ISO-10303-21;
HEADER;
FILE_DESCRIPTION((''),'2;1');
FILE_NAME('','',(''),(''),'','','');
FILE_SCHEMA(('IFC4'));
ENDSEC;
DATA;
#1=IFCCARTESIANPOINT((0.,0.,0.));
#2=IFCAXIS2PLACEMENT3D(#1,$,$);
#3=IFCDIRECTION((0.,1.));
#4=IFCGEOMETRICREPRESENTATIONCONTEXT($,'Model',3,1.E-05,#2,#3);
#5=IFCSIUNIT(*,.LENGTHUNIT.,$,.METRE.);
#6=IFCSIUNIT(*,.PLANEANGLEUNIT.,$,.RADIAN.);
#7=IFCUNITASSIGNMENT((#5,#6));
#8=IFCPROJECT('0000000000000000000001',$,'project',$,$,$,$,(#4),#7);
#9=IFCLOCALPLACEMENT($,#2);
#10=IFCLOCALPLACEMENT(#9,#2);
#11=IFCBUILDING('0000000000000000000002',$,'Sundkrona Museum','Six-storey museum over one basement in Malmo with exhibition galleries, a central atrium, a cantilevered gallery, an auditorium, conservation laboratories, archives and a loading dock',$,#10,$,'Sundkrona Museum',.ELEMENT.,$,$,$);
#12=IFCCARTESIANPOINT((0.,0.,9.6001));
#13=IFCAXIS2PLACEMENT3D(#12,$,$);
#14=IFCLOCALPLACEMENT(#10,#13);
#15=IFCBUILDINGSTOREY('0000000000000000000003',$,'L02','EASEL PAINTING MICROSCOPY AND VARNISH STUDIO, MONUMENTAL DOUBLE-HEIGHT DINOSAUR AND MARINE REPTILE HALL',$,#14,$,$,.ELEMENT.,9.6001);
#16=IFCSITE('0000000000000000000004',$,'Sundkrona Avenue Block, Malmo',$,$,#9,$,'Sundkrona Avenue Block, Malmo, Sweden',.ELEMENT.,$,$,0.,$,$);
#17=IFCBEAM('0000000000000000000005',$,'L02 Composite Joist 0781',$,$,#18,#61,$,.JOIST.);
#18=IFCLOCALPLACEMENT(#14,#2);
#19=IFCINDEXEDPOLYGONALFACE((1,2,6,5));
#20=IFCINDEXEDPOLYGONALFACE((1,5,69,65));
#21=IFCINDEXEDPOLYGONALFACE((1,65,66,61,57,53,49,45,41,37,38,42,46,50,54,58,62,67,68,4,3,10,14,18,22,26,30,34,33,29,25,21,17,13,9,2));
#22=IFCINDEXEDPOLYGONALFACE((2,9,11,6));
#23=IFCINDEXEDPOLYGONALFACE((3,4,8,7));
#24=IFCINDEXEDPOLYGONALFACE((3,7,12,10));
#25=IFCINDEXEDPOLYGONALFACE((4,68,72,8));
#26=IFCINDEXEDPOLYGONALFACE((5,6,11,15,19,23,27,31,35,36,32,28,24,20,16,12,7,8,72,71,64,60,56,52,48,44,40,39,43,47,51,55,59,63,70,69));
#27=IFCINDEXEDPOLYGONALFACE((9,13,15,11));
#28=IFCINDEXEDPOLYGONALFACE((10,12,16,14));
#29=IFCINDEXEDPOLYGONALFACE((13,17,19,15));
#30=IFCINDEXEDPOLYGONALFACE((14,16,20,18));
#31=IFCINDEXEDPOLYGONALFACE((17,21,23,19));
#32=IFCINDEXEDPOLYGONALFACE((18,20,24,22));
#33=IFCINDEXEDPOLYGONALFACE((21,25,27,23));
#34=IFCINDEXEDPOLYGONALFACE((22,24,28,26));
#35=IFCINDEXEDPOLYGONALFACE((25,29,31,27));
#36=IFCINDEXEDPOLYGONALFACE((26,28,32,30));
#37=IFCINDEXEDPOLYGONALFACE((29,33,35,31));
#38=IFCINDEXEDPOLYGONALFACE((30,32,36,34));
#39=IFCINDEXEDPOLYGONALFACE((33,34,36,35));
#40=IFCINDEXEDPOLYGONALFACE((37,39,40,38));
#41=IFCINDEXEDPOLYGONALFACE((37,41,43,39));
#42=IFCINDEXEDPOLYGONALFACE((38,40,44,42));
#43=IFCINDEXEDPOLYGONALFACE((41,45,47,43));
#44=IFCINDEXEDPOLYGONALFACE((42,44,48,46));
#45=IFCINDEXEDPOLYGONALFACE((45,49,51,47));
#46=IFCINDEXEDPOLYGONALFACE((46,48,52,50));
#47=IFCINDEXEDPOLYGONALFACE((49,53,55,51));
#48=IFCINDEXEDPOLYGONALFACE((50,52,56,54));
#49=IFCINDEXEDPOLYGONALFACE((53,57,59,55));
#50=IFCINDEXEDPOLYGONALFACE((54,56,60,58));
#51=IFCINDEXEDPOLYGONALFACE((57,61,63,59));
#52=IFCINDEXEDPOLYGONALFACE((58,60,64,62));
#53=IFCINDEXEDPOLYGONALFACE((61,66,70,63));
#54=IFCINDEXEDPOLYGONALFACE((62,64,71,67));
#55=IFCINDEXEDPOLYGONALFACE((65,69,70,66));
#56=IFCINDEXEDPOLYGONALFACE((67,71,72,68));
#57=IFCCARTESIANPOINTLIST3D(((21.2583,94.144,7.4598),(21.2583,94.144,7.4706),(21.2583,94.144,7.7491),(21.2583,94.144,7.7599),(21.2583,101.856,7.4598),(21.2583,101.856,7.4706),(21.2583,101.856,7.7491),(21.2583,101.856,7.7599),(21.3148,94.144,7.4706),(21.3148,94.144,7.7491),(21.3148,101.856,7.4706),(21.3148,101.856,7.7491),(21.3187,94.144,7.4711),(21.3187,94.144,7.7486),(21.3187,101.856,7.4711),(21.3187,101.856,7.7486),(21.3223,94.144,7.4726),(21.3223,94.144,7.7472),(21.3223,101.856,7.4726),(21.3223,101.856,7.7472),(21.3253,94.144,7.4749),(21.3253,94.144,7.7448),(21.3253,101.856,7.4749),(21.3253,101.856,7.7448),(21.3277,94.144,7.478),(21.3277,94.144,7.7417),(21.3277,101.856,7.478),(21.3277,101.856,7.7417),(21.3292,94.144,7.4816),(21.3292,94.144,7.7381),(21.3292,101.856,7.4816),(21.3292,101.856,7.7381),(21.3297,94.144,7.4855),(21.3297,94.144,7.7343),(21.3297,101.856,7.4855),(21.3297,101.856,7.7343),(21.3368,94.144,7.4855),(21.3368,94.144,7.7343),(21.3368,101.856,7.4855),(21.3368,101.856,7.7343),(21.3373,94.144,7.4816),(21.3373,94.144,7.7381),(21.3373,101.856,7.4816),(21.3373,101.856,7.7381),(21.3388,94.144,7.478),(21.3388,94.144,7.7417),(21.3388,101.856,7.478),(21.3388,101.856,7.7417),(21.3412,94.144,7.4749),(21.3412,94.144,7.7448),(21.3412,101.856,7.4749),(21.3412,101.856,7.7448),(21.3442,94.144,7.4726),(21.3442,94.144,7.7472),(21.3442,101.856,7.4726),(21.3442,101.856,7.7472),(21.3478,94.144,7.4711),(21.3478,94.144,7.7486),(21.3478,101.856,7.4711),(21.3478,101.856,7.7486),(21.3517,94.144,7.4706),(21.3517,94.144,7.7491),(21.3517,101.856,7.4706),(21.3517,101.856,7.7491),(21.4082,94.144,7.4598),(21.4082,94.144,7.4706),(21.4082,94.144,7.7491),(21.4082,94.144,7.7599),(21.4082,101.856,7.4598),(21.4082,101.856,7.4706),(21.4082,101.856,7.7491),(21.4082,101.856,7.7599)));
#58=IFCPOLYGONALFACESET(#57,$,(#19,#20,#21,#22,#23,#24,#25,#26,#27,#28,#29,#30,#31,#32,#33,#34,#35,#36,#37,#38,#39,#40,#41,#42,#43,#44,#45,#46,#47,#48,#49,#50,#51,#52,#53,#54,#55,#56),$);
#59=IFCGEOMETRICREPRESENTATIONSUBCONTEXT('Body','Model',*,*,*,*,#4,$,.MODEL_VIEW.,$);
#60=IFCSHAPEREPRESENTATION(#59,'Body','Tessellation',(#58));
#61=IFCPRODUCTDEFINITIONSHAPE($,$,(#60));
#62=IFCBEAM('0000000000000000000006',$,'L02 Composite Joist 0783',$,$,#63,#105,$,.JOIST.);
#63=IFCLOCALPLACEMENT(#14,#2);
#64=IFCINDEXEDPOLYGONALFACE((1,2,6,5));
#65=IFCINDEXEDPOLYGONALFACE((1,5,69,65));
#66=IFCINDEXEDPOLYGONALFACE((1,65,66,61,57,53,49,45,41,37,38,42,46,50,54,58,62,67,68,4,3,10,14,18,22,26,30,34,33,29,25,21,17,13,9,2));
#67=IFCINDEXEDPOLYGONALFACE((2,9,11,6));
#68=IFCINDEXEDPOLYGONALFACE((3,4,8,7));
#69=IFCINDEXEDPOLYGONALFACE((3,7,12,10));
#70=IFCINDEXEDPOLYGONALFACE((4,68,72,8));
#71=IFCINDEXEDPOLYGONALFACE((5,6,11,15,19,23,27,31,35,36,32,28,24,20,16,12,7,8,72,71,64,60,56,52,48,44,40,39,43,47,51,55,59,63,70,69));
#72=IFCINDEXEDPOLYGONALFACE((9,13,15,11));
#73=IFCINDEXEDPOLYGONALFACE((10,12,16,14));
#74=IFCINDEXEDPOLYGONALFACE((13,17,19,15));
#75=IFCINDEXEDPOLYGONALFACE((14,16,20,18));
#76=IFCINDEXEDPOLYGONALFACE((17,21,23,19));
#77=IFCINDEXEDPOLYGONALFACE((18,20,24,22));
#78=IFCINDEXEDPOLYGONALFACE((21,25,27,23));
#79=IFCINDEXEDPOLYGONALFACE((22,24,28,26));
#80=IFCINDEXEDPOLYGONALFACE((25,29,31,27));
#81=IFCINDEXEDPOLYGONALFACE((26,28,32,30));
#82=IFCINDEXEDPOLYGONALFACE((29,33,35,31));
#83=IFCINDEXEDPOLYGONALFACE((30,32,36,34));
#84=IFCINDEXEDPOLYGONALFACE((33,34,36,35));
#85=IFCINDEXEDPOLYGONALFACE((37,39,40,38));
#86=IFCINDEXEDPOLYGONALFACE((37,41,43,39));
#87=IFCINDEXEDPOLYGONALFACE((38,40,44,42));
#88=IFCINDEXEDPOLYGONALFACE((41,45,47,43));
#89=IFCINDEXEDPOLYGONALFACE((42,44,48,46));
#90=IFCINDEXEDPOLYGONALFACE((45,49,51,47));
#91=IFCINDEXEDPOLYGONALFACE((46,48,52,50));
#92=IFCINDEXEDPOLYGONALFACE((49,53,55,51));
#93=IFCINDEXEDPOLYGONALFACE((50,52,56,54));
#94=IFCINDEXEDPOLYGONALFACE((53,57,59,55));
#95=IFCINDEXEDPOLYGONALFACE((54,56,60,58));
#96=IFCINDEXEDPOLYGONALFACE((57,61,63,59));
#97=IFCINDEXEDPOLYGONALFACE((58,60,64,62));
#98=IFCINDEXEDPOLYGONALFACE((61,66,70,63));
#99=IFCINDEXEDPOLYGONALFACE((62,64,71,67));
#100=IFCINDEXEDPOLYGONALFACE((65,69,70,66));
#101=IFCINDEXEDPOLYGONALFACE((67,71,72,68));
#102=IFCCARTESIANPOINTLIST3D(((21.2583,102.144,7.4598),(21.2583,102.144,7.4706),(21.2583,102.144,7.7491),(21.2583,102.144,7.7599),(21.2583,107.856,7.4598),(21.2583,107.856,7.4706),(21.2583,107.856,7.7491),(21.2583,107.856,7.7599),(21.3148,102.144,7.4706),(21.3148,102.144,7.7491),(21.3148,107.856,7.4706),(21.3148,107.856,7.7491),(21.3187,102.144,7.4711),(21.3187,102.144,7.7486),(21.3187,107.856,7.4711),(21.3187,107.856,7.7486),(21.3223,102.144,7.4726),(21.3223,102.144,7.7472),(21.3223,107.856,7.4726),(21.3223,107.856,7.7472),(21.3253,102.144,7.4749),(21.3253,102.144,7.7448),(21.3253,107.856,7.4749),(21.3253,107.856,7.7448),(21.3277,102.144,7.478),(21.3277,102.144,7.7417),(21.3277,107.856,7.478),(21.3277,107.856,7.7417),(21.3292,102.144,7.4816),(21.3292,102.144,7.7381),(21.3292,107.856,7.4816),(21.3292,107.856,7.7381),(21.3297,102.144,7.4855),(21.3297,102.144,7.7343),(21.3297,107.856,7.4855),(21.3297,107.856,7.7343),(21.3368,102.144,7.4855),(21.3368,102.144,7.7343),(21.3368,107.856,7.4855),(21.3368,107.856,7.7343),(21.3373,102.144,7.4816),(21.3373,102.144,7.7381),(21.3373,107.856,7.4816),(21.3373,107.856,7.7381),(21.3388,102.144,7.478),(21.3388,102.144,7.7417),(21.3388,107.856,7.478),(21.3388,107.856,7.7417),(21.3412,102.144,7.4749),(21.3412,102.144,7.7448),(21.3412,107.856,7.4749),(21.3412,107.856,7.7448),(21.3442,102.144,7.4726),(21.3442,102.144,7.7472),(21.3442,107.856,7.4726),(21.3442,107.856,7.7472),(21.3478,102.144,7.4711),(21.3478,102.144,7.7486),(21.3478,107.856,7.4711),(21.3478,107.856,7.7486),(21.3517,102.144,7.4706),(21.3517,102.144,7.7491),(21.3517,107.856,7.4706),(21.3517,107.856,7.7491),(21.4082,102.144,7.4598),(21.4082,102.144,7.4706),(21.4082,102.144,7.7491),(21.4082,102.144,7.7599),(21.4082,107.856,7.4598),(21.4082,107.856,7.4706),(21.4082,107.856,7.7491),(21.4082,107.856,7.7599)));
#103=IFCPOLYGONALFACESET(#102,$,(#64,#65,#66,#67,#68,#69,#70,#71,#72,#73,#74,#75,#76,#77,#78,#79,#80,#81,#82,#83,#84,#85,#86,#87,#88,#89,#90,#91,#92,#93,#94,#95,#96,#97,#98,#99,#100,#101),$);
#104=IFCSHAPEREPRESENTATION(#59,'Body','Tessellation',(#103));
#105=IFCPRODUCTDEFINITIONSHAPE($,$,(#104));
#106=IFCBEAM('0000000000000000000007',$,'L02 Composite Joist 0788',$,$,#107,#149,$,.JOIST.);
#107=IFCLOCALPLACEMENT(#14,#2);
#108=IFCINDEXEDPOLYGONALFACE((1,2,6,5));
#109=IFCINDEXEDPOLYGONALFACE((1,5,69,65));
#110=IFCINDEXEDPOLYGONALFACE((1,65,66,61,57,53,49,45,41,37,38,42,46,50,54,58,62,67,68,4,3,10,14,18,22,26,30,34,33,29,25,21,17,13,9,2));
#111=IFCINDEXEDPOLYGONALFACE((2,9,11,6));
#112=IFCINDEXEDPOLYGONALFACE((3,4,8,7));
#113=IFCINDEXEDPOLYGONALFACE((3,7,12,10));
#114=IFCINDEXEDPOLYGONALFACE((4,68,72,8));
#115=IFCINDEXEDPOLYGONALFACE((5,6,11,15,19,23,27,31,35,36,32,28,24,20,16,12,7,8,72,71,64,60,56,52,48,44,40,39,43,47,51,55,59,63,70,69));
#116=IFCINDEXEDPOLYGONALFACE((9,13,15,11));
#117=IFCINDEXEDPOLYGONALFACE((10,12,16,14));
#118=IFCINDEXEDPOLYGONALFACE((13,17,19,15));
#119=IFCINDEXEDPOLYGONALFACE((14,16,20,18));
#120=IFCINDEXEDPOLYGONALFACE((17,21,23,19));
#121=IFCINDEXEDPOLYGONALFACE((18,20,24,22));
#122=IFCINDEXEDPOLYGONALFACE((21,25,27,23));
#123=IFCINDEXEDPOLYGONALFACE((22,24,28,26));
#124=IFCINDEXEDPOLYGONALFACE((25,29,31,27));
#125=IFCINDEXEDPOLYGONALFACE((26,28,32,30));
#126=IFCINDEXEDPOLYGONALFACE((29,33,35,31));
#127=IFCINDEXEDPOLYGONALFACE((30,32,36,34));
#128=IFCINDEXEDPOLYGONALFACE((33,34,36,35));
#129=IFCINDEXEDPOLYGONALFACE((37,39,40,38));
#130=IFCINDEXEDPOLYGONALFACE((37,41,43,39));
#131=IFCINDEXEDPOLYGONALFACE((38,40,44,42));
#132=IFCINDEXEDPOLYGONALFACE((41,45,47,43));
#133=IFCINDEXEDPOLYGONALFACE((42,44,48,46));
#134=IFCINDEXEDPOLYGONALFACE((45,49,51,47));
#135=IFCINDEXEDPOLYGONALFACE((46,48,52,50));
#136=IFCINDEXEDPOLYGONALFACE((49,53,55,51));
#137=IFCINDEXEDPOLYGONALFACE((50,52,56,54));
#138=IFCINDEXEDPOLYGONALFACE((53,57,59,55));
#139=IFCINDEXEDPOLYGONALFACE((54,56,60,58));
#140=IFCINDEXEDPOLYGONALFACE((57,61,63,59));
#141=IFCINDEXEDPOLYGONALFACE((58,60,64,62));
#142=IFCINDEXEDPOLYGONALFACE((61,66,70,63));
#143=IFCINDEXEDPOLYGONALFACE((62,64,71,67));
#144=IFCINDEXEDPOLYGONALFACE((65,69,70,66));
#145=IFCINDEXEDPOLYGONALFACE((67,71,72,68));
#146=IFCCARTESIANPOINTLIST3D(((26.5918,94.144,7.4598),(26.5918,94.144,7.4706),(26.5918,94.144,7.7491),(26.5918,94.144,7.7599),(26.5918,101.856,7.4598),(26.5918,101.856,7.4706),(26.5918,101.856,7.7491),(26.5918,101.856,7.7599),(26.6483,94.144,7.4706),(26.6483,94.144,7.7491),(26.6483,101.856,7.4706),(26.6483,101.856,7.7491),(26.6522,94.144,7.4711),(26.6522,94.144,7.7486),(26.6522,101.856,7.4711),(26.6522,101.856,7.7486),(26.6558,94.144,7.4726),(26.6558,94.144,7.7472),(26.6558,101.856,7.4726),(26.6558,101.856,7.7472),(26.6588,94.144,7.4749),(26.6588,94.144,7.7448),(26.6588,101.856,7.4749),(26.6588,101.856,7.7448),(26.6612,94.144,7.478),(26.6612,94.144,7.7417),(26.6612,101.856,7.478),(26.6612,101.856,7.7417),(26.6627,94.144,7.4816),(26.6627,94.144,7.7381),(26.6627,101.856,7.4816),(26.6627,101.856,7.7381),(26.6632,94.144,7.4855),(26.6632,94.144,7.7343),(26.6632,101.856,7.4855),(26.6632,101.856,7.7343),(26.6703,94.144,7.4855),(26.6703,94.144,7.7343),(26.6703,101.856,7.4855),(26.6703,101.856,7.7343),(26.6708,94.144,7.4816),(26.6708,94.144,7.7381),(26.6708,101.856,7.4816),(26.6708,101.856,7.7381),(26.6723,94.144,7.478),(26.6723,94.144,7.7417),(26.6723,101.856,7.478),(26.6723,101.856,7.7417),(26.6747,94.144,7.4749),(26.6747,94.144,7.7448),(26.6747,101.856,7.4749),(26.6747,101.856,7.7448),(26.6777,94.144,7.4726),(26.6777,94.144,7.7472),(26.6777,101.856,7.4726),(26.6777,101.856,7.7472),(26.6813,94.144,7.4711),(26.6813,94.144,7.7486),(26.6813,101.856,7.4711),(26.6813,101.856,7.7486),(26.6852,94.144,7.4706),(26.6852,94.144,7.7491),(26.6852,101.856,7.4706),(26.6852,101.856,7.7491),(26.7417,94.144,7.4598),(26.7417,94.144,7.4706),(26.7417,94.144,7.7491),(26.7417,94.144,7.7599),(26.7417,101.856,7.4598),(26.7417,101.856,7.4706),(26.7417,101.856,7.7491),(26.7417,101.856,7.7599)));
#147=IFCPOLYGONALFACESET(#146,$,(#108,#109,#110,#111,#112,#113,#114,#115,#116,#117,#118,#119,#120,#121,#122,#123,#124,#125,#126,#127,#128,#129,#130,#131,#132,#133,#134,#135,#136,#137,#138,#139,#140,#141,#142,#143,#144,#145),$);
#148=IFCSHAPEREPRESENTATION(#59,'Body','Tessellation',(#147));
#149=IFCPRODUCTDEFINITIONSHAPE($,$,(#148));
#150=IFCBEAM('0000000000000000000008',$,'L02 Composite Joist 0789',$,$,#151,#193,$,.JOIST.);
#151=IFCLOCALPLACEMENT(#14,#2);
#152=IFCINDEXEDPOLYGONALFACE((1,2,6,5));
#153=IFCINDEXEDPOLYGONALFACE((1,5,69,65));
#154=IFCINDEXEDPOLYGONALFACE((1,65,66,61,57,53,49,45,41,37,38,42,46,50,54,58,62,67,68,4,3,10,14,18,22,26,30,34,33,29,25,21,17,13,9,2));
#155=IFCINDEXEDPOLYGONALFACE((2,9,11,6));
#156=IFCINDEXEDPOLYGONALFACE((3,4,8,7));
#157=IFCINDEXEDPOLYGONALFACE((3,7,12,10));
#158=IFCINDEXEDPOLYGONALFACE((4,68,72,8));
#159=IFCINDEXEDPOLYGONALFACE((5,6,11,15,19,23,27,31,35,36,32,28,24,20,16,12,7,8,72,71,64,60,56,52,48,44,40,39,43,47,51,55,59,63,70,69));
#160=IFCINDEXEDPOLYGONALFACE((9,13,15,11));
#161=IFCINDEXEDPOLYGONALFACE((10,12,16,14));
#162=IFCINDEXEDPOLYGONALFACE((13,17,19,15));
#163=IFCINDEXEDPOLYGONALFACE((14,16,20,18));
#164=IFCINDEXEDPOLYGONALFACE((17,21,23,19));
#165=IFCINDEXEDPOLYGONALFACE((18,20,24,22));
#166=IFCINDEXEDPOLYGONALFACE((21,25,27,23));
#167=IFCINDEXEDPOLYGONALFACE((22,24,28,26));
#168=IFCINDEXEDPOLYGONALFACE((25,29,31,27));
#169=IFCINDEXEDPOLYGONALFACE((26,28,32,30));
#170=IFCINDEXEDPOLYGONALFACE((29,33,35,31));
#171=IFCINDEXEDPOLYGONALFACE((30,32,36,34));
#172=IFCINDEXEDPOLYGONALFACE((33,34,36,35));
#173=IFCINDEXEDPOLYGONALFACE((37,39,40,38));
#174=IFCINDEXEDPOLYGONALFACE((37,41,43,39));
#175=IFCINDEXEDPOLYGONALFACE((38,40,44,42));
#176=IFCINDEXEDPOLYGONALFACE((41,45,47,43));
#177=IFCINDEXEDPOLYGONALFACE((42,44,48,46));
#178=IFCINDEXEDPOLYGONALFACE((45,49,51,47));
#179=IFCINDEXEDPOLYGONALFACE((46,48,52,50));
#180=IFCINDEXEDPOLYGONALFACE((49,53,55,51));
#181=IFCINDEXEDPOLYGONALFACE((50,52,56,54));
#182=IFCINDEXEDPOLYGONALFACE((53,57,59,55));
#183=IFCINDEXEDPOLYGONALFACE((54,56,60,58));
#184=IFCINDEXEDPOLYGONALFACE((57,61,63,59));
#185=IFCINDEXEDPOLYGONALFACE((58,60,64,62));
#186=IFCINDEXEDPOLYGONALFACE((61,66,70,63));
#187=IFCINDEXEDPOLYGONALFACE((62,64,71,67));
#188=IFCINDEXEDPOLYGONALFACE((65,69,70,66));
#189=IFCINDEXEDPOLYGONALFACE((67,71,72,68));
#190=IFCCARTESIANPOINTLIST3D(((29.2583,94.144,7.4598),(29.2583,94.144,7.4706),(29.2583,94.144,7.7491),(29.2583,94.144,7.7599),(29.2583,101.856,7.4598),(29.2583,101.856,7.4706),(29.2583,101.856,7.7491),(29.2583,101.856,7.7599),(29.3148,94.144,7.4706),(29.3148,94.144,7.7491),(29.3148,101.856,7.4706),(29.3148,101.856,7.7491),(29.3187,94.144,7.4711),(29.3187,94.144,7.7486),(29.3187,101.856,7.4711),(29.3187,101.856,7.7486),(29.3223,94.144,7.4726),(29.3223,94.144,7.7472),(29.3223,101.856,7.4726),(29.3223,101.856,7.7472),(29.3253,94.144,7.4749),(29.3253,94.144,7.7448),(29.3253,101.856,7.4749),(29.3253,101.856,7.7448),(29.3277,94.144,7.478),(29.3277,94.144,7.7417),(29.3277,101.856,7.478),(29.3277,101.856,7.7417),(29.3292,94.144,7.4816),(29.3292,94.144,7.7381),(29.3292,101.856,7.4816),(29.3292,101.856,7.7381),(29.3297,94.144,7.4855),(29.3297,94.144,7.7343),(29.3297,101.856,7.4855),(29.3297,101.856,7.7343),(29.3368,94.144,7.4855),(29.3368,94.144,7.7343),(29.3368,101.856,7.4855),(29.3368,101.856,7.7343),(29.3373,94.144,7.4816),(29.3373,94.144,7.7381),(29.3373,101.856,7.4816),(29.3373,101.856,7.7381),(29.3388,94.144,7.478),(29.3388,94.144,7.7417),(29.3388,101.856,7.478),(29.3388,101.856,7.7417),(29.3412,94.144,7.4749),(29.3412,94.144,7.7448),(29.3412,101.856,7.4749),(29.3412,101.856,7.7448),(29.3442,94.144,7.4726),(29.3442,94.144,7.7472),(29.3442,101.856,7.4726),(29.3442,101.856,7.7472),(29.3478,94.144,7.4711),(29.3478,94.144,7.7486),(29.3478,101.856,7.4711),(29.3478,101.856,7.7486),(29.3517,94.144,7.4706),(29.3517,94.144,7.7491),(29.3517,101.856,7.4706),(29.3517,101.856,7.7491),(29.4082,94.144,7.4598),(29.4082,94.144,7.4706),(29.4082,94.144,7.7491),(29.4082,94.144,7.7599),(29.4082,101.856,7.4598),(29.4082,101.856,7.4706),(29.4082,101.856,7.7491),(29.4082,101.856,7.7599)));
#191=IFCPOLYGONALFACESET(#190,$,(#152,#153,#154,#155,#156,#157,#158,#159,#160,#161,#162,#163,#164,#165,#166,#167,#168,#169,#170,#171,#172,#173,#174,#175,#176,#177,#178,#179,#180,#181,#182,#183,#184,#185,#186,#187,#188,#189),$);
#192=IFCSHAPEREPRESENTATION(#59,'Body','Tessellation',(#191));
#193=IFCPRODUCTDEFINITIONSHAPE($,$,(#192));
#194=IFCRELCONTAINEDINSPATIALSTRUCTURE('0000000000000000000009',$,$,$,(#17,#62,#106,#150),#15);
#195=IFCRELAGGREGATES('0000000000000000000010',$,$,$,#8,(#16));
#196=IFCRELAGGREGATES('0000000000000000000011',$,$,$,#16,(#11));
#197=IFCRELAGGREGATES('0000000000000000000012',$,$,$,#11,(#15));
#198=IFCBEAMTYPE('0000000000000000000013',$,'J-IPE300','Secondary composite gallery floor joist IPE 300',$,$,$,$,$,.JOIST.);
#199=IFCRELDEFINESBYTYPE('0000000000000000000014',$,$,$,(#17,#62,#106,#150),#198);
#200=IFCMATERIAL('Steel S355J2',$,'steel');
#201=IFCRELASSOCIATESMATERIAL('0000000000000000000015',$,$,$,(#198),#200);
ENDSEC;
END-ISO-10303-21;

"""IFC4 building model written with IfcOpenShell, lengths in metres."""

from ifc_helpers import new_model, si_unit, direction, frame, origin, origin_2d, place, context, subcontext, project, spatial, i_section, extrude, material, material_profile, profile_set, type_object, element, save


model = new_model("IFC4")

# Units and contexts
model_context = context("Model", 3, precision=1e-05, world=origin(), true_north=direction((0.0, 1.0)))
body_context = subcontext(model_context, "Body", "Model", "MODEL_VIEW")
ifc_project = project(units=[si_unit("LENGTHUNIT", "METRE"), si_unit("PLANEANGLEUNIT", "RADIAN")], contexts=[model_context])

# Site, building, storey
site_placement = place(None, origin())
site = spatial("IfcSite", under=ifc_project, at=site_placement, Name="Sundkrona Avenue Block, Malmo", LongName="Sundkrona Avenue Block, Malmo, Sweden", CompositionType="ELEMENT", RefElevation=0.0)
building_placement = place(site_placement, origin())
building = spatial("IfcBuilding", under=site, at=building_placement, Name="Sundkrona Museum", Description="Six-storey museum over one basement in Malmo with exhibition galleries, a central atrium, a cantilevered gallery, an auditorium, conservation laboratories, archives and a loading dock", LongName="Sundkrona Museum", CompositionType="ELEMENT")
storey_placement = place(building_placement, frame((0.0, 0.0, 9.6001)))
storey = spatial("IfcBuildingStorey", under=building, at=storey_placement, Name="L02", Description="EASEL PAINTING MICROSCOPY AND VARNISH STUDIO, MONUMENTAL DOUBLE-HEIGHT DINOSAUR AND MARINE REPTILE HALL", CompositionType="ELEMENT", Elevation=9.6001)

# Shared definitions
ifc_material_1 = material(Name="Steel S355J2", Category="steel")

# Beams
ifc_material_profile_1 = material_profile(ifc_material_1, i_section(OverallWidth=0.1499, OverallDepth=0.3, WebThickness=0.0071, FlangeThickness=0.0107, FilletRadius=0.0149, at=origin_2d()), Name="IPE 300")
ifc_profile_set_1 = profile_set([ifc_material_profile_1], Name="Steel S355J2")
beam_type_1 = type_object("IfcBeamType", Name="J-IPE300", Description="Secondary composite gallery floor joist IPE 300", PredefinedType="JOIST", material=ifc_profile_set_1)
beam_1_placement = place(storey_placement, frame((21.3333, 94.144, 7.6099), z_axis=(0.0, 1.0, 0.0), x_axis=(-1.0, 0.0, 0.0)))
element("IfcBeam", 1, at=beam_1_placement, inside=storey, type_object=beam_type_1, Name="L02 Composite Joist 0781", PredefinedType="JOIST", context=body_context, shape_type="SweptSolid", body=[
    extrude(i_section(OverallWidth=0.1499, OverallDepth=0.3, WebThickness=0.0071, FlangeThickness=0.0107, FilletRadius=0.0149, at=origin_2d()), origin(), (0.0, 0.0, 1.0), 7.7119),
])
beam_2_placement = place(storey_placement, frame((21.3333, 102.144, 7.6099), z_axis=(0.0, 1.0, 0.0), x_axis=(-1.0, 0.0, 0.0)))
element("IfcBeam", 2, at=beam_2_placement, inside=storey, type_object=beam_type_1, Name="L02 Composite Joist 0783", PredefinedType="JOIST", context=body_context, shape_type="SweptSolid", body=[
    extrude(i_section(OverallWidth=0.1499, OverallDepth=0.3, WebThickness=0.0071, FlangeThickness=0.0107, FilletRadius=0.0149, at=origin_2d()), origin(), (0.0, 0.0, 1.0), 5.7119),
])
for number, where, z_axis, x_axis, name in (
    (3, (26.6667, 94.144, 7.6099), (0.0, 1.0, 0.0), (-1.0, 0.0, 0.0), "L02 Composite Joist 0788"),
    (4, (29.3333, 94.144, 7.6099), (0.0, 1.0, 0.0), (-1.0, 0.0, 0.0), "L02 Composite Joist 0789"),
):
    element("IfcBeam", number, at=place(storey_placement, frame(where, z_axis=z_axis, x_axis=x_axis)), inside=storey, type_object=beam_type_1, Name=name, PredefinedType="JOIST", context=body_context, shape_type="SweptSolid", body=[
        extrude(i_section(OverallWidth=0.1499, OverallDepth=0.3, WebThickness=0.0071, FlangeThickness=0.0107, FilletRadius=0.0149, at=origin_2d()), origin(), (0.0, 0.0, 1.0), 7.7119),
    ])

save(model, "model.ifc")
